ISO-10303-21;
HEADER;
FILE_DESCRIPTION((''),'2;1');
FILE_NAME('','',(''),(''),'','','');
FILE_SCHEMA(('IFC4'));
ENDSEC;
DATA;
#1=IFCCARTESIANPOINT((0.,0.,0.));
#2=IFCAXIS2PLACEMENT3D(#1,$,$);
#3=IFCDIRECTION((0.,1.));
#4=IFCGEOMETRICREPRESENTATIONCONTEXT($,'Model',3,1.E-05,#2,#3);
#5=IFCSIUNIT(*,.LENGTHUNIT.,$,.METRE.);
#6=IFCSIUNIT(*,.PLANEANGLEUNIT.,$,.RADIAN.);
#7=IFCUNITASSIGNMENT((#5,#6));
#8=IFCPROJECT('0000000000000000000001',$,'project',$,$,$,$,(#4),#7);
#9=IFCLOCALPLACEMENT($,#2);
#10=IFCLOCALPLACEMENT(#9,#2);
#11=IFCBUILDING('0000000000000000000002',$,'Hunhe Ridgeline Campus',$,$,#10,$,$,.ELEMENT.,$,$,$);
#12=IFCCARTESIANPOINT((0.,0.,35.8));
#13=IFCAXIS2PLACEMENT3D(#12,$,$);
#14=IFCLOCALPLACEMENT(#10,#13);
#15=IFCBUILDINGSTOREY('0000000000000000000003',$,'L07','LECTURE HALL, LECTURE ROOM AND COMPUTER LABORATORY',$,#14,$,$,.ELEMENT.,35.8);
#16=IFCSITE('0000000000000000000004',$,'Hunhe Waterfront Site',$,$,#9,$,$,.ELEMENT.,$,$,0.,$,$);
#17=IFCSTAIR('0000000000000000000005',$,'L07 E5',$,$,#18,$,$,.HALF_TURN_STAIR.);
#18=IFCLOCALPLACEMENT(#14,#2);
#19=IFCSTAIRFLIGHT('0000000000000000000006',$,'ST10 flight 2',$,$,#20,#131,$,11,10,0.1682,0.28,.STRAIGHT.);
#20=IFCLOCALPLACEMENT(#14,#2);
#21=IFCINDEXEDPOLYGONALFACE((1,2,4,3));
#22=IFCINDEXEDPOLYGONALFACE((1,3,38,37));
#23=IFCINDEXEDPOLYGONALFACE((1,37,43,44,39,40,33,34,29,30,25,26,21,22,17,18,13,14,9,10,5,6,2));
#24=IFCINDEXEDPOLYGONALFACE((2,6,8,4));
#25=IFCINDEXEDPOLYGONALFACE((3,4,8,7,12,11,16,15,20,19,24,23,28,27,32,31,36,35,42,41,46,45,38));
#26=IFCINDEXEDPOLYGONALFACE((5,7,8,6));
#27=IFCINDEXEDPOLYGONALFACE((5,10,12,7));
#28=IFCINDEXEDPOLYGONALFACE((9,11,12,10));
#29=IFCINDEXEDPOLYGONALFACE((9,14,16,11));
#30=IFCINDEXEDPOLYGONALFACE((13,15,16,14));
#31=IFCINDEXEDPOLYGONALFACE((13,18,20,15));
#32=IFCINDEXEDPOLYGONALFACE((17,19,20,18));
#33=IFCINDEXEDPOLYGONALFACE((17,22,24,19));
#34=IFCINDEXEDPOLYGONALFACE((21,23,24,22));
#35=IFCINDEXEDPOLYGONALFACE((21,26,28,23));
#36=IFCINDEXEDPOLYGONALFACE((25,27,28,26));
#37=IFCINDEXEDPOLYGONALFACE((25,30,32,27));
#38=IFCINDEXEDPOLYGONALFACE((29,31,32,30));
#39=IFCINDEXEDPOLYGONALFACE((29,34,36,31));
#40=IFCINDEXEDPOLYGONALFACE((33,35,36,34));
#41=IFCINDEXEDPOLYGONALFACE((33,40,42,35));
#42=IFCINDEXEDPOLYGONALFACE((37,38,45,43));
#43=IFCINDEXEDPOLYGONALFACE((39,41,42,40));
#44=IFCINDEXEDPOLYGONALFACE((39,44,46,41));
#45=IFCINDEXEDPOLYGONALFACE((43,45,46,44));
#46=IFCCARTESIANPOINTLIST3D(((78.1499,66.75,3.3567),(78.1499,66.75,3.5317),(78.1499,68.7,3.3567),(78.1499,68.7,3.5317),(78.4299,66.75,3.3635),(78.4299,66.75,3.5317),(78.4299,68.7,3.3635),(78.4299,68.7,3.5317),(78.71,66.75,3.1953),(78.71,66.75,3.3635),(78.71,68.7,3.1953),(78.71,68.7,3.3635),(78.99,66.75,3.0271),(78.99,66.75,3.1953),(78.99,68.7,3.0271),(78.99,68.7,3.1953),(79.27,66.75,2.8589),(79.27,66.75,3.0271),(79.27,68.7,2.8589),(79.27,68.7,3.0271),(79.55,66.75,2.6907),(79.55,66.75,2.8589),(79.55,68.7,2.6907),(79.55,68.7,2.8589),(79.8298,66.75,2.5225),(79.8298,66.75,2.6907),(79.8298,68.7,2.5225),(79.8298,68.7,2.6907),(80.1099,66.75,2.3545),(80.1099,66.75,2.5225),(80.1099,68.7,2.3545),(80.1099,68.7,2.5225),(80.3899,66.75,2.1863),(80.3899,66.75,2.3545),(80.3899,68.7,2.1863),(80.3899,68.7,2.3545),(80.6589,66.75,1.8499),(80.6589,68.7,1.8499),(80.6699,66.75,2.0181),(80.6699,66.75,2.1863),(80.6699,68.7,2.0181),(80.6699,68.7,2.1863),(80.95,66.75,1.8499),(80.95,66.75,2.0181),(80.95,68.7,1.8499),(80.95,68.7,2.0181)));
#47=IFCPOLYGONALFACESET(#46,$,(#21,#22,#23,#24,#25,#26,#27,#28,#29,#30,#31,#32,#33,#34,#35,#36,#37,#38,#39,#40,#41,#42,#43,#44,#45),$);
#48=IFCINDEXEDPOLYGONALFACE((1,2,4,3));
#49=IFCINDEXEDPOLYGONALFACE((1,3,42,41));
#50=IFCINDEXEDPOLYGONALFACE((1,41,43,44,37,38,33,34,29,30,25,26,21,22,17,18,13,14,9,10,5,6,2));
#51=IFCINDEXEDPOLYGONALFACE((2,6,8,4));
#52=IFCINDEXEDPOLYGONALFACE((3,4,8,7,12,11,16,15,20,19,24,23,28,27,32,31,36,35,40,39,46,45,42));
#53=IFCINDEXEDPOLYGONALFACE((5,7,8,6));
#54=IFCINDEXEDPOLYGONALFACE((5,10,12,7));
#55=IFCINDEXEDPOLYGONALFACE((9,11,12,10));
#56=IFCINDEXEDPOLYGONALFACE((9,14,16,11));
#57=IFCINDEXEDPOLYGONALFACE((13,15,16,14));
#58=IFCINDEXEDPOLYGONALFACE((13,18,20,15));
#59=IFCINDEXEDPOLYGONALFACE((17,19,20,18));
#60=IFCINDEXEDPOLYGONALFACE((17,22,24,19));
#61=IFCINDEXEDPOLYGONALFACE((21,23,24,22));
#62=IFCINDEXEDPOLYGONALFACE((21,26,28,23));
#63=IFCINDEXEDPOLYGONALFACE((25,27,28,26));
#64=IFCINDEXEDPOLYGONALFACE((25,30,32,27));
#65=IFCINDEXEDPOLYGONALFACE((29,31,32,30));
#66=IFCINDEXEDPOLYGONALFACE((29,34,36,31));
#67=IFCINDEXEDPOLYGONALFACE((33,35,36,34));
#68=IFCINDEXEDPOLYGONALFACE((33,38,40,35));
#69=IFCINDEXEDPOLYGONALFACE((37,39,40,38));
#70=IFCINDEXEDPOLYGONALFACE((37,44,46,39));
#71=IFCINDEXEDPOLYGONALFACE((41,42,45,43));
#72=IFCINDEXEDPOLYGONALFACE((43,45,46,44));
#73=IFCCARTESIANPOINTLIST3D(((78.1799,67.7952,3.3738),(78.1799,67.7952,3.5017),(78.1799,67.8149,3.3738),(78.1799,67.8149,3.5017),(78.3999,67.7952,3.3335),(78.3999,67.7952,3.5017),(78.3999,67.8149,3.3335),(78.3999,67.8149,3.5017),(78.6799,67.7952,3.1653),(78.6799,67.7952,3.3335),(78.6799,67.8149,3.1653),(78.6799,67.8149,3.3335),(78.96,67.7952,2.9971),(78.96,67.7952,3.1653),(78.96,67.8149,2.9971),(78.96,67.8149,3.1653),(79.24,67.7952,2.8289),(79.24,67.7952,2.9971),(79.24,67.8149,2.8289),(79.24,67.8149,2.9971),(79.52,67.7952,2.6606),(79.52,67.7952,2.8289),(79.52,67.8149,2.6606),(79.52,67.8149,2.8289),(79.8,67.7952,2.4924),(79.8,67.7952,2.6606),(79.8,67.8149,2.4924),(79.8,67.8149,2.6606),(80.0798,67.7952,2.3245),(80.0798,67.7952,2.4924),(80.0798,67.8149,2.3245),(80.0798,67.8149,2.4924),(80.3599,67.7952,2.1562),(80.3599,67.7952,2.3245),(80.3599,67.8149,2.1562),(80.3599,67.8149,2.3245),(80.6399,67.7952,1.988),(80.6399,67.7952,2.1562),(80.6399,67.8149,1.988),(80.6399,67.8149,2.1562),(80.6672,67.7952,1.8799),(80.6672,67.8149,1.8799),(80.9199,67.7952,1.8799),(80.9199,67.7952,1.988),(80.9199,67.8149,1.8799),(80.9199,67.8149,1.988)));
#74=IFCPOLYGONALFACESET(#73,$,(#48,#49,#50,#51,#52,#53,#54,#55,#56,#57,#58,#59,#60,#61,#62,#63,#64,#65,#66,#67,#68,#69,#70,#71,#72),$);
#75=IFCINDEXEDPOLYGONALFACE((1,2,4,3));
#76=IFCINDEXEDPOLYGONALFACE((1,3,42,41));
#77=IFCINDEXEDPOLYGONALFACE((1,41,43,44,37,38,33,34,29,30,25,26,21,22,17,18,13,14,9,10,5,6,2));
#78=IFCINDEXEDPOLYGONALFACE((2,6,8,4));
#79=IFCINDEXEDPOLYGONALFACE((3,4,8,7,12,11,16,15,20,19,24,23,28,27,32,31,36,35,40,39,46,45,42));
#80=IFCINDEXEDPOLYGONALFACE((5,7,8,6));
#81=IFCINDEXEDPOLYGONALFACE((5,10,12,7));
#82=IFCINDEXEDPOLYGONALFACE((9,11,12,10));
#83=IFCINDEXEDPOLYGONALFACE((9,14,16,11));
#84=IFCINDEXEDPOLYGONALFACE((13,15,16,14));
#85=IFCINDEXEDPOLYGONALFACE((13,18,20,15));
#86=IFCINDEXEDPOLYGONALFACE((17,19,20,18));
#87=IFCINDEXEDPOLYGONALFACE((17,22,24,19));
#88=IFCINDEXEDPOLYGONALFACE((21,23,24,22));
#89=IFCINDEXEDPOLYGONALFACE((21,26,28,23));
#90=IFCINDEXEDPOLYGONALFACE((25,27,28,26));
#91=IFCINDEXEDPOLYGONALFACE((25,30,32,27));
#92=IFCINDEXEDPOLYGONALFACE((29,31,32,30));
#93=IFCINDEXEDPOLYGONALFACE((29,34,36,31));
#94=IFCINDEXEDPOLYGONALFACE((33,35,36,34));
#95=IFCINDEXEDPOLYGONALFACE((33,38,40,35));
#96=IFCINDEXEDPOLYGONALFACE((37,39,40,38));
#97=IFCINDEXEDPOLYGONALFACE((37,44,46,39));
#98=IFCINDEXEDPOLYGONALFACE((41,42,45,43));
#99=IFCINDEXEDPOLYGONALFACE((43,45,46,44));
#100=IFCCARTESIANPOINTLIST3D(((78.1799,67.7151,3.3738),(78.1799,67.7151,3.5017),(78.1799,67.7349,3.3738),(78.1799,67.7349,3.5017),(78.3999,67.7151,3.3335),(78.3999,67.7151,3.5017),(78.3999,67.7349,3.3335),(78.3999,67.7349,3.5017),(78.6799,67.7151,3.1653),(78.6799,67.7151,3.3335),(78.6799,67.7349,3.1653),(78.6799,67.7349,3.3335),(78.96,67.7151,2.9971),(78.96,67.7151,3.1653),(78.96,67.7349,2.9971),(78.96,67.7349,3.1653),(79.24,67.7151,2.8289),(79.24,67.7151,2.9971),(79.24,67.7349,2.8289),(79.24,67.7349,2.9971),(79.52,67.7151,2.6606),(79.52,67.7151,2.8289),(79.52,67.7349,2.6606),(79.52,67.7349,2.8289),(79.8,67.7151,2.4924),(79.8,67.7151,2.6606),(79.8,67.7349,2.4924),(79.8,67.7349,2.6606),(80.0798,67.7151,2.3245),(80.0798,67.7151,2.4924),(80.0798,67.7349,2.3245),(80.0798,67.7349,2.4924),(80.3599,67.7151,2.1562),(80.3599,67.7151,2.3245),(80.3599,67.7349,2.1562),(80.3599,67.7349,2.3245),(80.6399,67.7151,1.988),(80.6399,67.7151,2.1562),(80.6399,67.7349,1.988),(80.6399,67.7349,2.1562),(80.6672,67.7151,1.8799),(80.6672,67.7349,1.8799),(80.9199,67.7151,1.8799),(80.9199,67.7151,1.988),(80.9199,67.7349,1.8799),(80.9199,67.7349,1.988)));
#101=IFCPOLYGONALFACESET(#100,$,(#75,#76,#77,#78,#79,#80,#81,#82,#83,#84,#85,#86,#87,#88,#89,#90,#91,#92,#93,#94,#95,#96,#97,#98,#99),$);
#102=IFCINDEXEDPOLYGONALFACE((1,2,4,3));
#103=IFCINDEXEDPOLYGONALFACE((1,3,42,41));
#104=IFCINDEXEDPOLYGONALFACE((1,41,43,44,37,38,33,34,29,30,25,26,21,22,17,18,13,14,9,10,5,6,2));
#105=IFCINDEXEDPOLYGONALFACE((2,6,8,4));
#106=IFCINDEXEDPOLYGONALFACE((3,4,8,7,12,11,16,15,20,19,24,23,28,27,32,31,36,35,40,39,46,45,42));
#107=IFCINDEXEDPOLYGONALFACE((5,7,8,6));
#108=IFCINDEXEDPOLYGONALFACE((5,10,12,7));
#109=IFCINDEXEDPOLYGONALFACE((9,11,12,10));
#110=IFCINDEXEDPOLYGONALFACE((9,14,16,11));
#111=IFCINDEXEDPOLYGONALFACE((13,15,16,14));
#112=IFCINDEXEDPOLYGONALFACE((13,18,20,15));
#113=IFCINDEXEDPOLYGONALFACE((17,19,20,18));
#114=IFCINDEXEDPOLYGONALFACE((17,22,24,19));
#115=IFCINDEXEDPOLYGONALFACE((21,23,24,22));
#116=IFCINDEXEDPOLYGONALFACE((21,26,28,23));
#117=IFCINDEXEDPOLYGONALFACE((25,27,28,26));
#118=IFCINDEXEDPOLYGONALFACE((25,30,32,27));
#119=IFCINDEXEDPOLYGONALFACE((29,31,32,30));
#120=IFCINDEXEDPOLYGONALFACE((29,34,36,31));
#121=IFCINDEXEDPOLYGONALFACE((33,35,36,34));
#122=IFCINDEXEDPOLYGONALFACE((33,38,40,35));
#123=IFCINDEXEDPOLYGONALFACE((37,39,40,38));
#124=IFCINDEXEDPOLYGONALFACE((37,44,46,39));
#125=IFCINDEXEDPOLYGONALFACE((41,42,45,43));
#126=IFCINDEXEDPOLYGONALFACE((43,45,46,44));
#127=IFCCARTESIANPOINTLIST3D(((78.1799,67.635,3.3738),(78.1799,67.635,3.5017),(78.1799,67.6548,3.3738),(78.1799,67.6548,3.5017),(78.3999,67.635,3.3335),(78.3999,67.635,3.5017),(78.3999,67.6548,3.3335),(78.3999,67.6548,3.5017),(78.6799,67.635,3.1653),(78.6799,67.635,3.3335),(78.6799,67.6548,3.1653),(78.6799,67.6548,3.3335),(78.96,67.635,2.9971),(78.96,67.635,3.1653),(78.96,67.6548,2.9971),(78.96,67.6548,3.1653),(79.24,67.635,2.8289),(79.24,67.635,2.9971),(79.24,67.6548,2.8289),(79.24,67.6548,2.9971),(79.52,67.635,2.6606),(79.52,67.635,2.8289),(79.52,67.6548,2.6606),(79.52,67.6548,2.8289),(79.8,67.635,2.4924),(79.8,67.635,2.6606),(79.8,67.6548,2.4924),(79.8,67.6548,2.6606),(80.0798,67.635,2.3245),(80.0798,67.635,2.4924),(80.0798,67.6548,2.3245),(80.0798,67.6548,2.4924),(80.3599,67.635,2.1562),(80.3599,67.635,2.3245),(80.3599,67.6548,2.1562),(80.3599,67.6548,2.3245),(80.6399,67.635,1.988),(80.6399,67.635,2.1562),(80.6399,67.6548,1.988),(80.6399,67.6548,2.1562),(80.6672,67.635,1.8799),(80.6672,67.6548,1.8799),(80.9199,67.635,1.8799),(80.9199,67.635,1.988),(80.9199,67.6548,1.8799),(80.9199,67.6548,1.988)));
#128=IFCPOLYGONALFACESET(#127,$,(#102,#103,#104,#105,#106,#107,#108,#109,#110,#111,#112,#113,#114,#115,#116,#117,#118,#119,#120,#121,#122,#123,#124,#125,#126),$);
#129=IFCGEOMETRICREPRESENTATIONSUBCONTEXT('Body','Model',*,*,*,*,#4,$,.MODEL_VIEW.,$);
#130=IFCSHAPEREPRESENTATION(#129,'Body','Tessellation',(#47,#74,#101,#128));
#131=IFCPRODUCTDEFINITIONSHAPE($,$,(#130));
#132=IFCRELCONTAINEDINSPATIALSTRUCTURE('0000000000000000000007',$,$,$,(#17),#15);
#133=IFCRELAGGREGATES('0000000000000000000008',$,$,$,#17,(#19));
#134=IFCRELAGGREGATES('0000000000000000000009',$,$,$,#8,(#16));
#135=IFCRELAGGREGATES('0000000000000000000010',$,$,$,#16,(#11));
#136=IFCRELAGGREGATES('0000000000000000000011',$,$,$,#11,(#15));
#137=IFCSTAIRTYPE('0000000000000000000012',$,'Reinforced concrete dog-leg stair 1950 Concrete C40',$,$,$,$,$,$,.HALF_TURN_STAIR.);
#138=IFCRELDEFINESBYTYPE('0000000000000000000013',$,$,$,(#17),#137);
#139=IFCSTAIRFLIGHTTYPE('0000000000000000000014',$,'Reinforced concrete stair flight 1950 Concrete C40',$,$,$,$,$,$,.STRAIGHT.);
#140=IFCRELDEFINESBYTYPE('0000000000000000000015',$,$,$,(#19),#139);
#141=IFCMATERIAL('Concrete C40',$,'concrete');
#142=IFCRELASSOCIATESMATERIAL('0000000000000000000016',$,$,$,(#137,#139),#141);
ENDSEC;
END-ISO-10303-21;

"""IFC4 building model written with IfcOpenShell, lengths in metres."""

from ifc_helpers import new_model, si_unit, direction, frame, origin, place, context, subcontext, project, spatial, polyline, outline, extrude, material, type_object, element, aggregate, save


model = new_model("IFC4")

# Units and contexts
model_context = context("Model", 3, precision=1e-05, world=origin(), true_north=direction((0.0, 1.0)))
body_context = subcontext(model_context, "Body", "Model", "MODEL_VIEW")
ifc_project = project(units=[si_unit("LENGTHUNIT", "METRE"), si_unit("PLANEANGLEUNIT", "RADIAN")], contexts=[model_context])

# Site, building, storey
site_placement = place(None, origin())
site = spatial("IfcSite", under=ifc_project, at=site_placement, Name="Hunhe Waterfront Site", CompositionType="ELEMENT", RefElevation=0.0)
building_placement = place(site_placement, origin())
building = spatial("IfcBuilding", under=site, at=building_placement, Name="Hunhe Ridgeline Campus", CompositionType="ELEMENT")
storey_placement = place(building_placement, frame((0.0, 0.0, 35.8)))
storey = spatial("IfcBuildingStorey", under=building, at=storey_placement, Name="L07", Description="LECTURE HALL, LECTURE ROOM AND COMPUTER LABORATORY", CompositionType="ELEMENT", Elevation=35.8)

# Stair, stair flight
ifc_material_1 = material(Name="Concrete C40", Category="concrete")
stair_type = type_object("IfcStairType", Name="Reinforced concrete dog-leg stair 1950 Concrete C40", PredefinedType="HALF_TURN_STAIR", material=ifc_material_1)
stair_placement = place(storey_placement, origin())
stair = element("IfcStair", 1, at=stair_placement, inside=storey, type_object=stair_type, Name="L07 E5", PredefinedType="HALF_TURN_STAIR")
stair_flight_type = type_object("IfcStairFlightType", Name="Reinforced concrete stair flight 1950 Concrete C40", PredefinedType="STRAIGHT", material=ifc_material_1)
stair_flight_1_placement = place(storey_placement, frame((80.95, 67.7251, 1.8499), z_axis=(0.0, 0.0, 1.0), x_axis=(-1.0, 0.0, 0.0)))
stair_flight_1 = element("IfcStairFlight", 2, at=stair_flight_1_placement, type_object=stair_flight_type, Name="ST10 flight 2", NumberOfRisers=11, NumberOfTreads=10, PredefinedType="STRAIGHT", RiserHeight=0.1682, TreadLength=0.28, context=body_context, shape_type="SweptSolid", body=[
    extrude(outline(polyline([(0.0, 0.0), (0.0, 0.1682), (0.28, 0.1682), (0.28, 0.3364), (0.5601, 0.3364), (0.5601, 0.5046), (0.8401, 0.5046), (0.8401, 0.6726), (1.1201, 0.6726), (1.1201, 0.8408), (1.3999, 0.8408), (1.3999, 1.009), (1.6799, 1.009), (1.6799, 1.1772), (1.96, 1.1772), (1.96, 1.3455), (2.24, 1.3455), (2.24, 1.5137), (2.52, 1.5137), (2.52, 1.6819), (2.8, 1.6819), (2.8, 1.8501), (2.8, 1.5068), (0.291, 0.0), (0.0, 0.0)])), frame((0.0, 0.9751, 0.0), z_axis=(0.0, -1.0, 0.0), x_axis=(1.0, 0.0, 0.0)), (0.0, 0.0, 1.0), 1.95),
    extrude(outline(polyline([(0.03, 0.03), (0.03, 0.1382), (0.3101, 0.1382), (0.3101, 0.3064), (0.5901, 0.3064), (0.5901, 0.4746), (0.8701, 0.4746), (0.8701, 0.6426), (1.1499, 0.6426), (1.1499, 0.8108), (1.4299, 0.8108), (1.4299, 0.979), (1.71, 0.979), (1.71, 1.1472), (1.99, 1.1472), (1.99, 1.3154), (2.27, 1.3154), (2.27, 1.4836), (2.55, 1.4836), (2.55, 1.6519), (2.77, 1.6519), (2.77, 1.5239), (0.2827, 0.03), (0.03, 0.03)])), frame((0.0, -0.0701, 0.0), z_axis=(0.0, -1.0, 0.0), x_axis=(1.0, 0.0, 0.0)), (0.0, 0.0, 1.0), 0.0198),
    extrude(outline(polyline([(0.03, 0.03), (0.03, 0.1382), (0.3101, 0.1382), (0.3101, 0.3064), (0.5901, 0.3064), (0.5901, 0.4746), (0.8701, 0.4746), (0.8701, 0.6426), (1.1499, 0.6426), (1.1499, 0.8108), (1.4299, 0.8108), (1.4299, 0.979), (1.71, 0.979), (1.71, 1.1472), (1.99, 1.1472), (1.99, 1.3154), (2.27, 1.3154), (2.27, 1.4836), (2.55, 1.4836), (2.55, 1.6519), (2.77, 1.6519), (2.77, 1.5239), (0.2827, 0.03), (0.03, 0.03)])), frame((0.0, 0.01, 0.0), z_axis=(0.0, -1.0, 0.0), x_axis=(1.0, 0.0, 0.0)), (0.0, 0.0, 1.0), 0.0198),
    extrude(outline(polyline([(0.03, 0.03), (0.03, 0.1382), (0.3101, 0.1382), (0.3101, 0.3064), (0.5901, 0.3064), (0.5901, 0.4746), (0.8701, 0.4746), (0.8701, 0.6426), (1.1499, 0.6426), (1.1499, 0.8108), (1.4299, 0.8108), (1.4299, 0.979), (1.71, 0.979), (1.71, 1.1472), (1.99, 1.1472), (1.99, 1.3154), (2.27, 1.3154), (2.27, 1.4836), (2.55, 1.4836), (2.55, 1.6519), (2.77, 1.6519), (2.77, 1.5239), (0.2827, 0.03), (0.03, 0.03)])), frame((0.0, 0.0901, 0.0), z_axis=(0.0, -1.0, 0.0), x_axis=(1.0, 0.0, 0.0)), (0.0, 0.0, 1.0), 0.0198),
])
aggregate(stair, [stair_flight_1])

save(model, "model.ifc")
